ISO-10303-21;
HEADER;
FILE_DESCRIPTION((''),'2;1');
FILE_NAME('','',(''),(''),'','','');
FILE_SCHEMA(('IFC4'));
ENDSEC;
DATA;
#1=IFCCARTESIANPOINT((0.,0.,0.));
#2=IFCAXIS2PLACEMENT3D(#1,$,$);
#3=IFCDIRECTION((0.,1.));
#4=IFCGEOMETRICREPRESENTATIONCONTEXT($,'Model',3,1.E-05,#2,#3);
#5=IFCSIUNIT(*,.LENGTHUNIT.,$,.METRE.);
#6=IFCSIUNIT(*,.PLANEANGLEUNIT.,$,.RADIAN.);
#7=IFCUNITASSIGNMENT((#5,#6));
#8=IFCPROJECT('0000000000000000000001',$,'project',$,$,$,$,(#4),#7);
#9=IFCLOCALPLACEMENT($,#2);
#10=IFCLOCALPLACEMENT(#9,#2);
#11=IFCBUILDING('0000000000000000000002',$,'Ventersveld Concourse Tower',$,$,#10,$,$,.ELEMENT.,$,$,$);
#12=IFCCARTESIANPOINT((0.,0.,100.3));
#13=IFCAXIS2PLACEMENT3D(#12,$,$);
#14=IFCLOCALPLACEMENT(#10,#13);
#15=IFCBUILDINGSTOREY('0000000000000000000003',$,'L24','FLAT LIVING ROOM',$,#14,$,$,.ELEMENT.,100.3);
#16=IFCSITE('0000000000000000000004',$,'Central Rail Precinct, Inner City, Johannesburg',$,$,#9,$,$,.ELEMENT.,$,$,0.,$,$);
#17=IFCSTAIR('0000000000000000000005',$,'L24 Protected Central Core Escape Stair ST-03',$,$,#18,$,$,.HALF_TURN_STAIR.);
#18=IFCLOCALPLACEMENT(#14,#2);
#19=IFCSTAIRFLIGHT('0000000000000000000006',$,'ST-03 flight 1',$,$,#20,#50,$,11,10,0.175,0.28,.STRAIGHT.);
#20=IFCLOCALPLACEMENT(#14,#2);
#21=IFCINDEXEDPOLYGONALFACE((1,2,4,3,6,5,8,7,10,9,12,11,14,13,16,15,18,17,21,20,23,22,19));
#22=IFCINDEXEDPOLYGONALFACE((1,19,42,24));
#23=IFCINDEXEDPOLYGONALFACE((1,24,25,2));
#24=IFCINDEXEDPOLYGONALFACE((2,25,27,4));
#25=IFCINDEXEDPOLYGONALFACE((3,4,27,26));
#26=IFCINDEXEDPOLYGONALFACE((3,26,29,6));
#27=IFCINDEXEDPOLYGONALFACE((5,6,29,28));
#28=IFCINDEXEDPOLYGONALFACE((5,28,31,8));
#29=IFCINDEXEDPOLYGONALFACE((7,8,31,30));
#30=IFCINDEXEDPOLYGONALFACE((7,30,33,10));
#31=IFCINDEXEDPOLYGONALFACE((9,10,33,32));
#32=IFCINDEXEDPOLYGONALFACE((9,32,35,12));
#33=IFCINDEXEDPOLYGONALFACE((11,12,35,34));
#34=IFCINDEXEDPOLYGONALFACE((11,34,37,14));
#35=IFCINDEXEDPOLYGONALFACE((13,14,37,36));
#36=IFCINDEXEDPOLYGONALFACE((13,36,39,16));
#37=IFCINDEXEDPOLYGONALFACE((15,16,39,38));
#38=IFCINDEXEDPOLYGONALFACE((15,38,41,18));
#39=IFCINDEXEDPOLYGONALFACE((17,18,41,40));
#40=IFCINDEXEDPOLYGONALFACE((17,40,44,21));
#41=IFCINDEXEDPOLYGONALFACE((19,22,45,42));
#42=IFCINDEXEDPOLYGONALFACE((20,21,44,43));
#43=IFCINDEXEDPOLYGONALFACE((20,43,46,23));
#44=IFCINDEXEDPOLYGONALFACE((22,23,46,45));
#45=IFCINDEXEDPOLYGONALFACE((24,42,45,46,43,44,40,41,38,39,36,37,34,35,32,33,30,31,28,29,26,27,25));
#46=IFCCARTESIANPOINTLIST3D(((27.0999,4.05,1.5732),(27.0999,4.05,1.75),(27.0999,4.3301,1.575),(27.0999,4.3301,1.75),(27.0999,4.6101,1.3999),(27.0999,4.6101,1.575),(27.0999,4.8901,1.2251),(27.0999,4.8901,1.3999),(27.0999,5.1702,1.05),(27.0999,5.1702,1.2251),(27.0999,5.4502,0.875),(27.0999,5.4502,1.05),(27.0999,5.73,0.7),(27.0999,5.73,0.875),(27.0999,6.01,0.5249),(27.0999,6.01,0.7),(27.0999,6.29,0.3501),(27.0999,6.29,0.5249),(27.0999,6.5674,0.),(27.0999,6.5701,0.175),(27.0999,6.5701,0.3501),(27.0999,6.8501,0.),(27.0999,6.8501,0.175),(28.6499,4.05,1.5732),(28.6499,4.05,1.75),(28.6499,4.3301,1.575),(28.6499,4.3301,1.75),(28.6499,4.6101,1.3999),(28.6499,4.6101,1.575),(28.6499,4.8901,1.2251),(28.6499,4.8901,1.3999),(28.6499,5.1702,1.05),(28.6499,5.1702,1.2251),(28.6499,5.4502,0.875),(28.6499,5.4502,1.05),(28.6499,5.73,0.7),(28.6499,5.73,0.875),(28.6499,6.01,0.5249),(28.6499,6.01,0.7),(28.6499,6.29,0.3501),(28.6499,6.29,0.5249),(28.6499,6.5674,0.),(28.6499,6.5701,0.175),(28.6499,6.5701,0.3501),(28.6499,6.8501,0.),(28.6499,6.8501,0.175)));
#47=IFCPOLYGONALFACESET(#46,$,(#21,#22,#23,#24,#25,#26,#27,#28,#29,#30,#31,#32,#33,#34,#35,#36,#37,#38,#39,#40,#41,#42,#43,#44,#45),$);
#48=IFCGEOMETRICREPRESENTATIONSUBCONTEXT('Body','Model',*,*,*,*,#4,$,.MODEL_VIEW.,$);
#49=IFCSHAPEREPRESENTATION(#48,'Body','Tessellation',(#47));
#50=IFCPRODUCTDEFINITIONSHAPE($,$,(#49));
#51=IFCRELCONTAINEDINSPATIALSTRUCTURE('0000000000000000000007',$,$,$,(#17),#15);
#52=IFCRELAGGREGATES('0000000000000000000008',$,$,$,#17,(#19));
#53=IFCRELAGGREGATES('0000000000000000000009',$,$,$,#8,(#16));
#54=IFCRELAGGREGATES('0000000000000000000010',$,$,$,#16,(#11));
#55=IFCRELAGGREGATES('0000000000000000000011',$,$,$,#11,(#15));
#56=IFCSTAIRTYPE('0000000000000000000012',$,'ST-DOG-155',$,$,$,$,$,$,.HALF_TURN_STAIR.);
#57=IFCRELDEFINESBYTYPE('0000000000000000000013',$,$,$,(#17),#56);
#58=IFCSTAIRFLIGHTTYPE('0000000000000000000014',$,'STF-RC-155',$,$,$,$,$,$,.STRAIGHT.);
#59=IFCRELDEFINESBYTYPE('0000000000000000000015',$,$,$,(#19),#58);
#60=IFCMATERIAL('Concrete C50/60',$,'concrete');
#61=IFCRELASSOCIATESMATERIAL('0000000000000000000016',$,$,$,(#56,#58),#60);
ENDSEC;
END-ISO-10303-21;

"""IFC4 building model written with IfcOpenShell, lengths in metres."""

from ifc_helpers import new_model, si_unit, direction, frame, origin, place, context, subcontext, project, spatial, polyline, outline, extrude, material, type_object, element, aggregate, save


model = new_model("IFC4")

# Units and contexts
model_context = context("Model", 3, precision=1e-05, world=origin(), true_north=direction((0.0, 1.0)))
body_context = subcontext(model_context, "Body", "Model", "MODEL_VIEW")
ifc_project = project(units=[si_unit("LENGTHUNIT", "METRE"), si_unit("PLANEANGLEUNIT", "RADIAN")], contexts=[model_context])

# Site, building, storey
site_placement = place(None, origin())
site = spatial("IfcSite", under=ifc_project, at=site_placement, Name="Central Rail Precinct, Inner City, Johannesburg", CompositionType="ELEMENT", RefElevation=0.0)
building_placement = place(site_placement, origin())
building = spatial("IfcBuilding", under=site, at=building_placement, Name="Ventersveld Concourse Tower", CompositionType="ELEMENT")
storey_placement = place(building_placement, frame((0.0, 0.0, 100.3)))
storey = spatial("IfcBuildingStorey", under=building, at=storey_placement, Name="L24", Description="FLAT LIVING ROOM", CompositionType="ELEMENT", Elevation=100.3)

# Shared definitions
ifc_material_1 = material(Name="Concrete C50/60", Category="concrete")

# Stair, stair flight
stair_type = type_object("IfcStairType", Name="ST-DOG-155", PredefinedType="HALF_TURN_STAIR", material=ifc_material_1)
stair_placement = place(storey_placement, origin())
stair = element("IfcStair", 1, at=stair_placement, inside=storey, type_object=stair_type, Name="L24 Protected Central Core Escape Stair ST-03", PredefinedType="HALF_TURN_STAIR")
stair_flight_type = type_object("IfcStairFlightType", Name="STF-RC-155", PredefinedType="STRAIGHT", material=ifc_material_1)
stair_flight_placement = place(storey_placement, frame((27.875, 6.8501, 0.0), z_axis=(0.0, 0.0, 1.0), x_axis=(0.0, -1.0, 0.0)))
stair_flight = element("IfcStairFlight", 2, at=stair_flight_placement, type_object=stair_flight_type, Name="ST-03 flight 1", NumberOfRisers=11, NumberOfTreads=10, PredefinedType="STRAIGHT", RiserHeight=0.175, TreadLength=0.28, context=body_context, shape_type="SweptSolid", body=[
    extrude(outline(polyline([(0.0, 0.0), (0.0, 0.175), (0.28, 0.175), (0.28, 0.3501), (0.5601, 0.3501), (0.5601, 0.5249), (0.8401, 0.5249), (0.8401, 0.7), (1.1201, 0.7), (1.1201, 0.875), (1.3999, 0.875), (1.3999, 1.05), (1.6799, 1.05), (1.6799, 1.2251), (1.96, 1.2251), (1.96, 1.3999), (2.24, 1.3999), (2.24, 1.575), (2.52, 1.575), (2.52, 1.75), (2.8, 1.75), (2.8, 1.925), (2.8, 1.5732), (0.2827, 0.0), (0.0, 0.0)])), frame((0.0, 0.7749, 0.0), z_axis=(0.0, -1.0, 0.0), x_axis=(1.0, 0.0, 0.0)), (0.0, 0.0, 1.0), 1.55),
])
aggregate(stair, [stair_flight])

save(model, "model.ifc")
